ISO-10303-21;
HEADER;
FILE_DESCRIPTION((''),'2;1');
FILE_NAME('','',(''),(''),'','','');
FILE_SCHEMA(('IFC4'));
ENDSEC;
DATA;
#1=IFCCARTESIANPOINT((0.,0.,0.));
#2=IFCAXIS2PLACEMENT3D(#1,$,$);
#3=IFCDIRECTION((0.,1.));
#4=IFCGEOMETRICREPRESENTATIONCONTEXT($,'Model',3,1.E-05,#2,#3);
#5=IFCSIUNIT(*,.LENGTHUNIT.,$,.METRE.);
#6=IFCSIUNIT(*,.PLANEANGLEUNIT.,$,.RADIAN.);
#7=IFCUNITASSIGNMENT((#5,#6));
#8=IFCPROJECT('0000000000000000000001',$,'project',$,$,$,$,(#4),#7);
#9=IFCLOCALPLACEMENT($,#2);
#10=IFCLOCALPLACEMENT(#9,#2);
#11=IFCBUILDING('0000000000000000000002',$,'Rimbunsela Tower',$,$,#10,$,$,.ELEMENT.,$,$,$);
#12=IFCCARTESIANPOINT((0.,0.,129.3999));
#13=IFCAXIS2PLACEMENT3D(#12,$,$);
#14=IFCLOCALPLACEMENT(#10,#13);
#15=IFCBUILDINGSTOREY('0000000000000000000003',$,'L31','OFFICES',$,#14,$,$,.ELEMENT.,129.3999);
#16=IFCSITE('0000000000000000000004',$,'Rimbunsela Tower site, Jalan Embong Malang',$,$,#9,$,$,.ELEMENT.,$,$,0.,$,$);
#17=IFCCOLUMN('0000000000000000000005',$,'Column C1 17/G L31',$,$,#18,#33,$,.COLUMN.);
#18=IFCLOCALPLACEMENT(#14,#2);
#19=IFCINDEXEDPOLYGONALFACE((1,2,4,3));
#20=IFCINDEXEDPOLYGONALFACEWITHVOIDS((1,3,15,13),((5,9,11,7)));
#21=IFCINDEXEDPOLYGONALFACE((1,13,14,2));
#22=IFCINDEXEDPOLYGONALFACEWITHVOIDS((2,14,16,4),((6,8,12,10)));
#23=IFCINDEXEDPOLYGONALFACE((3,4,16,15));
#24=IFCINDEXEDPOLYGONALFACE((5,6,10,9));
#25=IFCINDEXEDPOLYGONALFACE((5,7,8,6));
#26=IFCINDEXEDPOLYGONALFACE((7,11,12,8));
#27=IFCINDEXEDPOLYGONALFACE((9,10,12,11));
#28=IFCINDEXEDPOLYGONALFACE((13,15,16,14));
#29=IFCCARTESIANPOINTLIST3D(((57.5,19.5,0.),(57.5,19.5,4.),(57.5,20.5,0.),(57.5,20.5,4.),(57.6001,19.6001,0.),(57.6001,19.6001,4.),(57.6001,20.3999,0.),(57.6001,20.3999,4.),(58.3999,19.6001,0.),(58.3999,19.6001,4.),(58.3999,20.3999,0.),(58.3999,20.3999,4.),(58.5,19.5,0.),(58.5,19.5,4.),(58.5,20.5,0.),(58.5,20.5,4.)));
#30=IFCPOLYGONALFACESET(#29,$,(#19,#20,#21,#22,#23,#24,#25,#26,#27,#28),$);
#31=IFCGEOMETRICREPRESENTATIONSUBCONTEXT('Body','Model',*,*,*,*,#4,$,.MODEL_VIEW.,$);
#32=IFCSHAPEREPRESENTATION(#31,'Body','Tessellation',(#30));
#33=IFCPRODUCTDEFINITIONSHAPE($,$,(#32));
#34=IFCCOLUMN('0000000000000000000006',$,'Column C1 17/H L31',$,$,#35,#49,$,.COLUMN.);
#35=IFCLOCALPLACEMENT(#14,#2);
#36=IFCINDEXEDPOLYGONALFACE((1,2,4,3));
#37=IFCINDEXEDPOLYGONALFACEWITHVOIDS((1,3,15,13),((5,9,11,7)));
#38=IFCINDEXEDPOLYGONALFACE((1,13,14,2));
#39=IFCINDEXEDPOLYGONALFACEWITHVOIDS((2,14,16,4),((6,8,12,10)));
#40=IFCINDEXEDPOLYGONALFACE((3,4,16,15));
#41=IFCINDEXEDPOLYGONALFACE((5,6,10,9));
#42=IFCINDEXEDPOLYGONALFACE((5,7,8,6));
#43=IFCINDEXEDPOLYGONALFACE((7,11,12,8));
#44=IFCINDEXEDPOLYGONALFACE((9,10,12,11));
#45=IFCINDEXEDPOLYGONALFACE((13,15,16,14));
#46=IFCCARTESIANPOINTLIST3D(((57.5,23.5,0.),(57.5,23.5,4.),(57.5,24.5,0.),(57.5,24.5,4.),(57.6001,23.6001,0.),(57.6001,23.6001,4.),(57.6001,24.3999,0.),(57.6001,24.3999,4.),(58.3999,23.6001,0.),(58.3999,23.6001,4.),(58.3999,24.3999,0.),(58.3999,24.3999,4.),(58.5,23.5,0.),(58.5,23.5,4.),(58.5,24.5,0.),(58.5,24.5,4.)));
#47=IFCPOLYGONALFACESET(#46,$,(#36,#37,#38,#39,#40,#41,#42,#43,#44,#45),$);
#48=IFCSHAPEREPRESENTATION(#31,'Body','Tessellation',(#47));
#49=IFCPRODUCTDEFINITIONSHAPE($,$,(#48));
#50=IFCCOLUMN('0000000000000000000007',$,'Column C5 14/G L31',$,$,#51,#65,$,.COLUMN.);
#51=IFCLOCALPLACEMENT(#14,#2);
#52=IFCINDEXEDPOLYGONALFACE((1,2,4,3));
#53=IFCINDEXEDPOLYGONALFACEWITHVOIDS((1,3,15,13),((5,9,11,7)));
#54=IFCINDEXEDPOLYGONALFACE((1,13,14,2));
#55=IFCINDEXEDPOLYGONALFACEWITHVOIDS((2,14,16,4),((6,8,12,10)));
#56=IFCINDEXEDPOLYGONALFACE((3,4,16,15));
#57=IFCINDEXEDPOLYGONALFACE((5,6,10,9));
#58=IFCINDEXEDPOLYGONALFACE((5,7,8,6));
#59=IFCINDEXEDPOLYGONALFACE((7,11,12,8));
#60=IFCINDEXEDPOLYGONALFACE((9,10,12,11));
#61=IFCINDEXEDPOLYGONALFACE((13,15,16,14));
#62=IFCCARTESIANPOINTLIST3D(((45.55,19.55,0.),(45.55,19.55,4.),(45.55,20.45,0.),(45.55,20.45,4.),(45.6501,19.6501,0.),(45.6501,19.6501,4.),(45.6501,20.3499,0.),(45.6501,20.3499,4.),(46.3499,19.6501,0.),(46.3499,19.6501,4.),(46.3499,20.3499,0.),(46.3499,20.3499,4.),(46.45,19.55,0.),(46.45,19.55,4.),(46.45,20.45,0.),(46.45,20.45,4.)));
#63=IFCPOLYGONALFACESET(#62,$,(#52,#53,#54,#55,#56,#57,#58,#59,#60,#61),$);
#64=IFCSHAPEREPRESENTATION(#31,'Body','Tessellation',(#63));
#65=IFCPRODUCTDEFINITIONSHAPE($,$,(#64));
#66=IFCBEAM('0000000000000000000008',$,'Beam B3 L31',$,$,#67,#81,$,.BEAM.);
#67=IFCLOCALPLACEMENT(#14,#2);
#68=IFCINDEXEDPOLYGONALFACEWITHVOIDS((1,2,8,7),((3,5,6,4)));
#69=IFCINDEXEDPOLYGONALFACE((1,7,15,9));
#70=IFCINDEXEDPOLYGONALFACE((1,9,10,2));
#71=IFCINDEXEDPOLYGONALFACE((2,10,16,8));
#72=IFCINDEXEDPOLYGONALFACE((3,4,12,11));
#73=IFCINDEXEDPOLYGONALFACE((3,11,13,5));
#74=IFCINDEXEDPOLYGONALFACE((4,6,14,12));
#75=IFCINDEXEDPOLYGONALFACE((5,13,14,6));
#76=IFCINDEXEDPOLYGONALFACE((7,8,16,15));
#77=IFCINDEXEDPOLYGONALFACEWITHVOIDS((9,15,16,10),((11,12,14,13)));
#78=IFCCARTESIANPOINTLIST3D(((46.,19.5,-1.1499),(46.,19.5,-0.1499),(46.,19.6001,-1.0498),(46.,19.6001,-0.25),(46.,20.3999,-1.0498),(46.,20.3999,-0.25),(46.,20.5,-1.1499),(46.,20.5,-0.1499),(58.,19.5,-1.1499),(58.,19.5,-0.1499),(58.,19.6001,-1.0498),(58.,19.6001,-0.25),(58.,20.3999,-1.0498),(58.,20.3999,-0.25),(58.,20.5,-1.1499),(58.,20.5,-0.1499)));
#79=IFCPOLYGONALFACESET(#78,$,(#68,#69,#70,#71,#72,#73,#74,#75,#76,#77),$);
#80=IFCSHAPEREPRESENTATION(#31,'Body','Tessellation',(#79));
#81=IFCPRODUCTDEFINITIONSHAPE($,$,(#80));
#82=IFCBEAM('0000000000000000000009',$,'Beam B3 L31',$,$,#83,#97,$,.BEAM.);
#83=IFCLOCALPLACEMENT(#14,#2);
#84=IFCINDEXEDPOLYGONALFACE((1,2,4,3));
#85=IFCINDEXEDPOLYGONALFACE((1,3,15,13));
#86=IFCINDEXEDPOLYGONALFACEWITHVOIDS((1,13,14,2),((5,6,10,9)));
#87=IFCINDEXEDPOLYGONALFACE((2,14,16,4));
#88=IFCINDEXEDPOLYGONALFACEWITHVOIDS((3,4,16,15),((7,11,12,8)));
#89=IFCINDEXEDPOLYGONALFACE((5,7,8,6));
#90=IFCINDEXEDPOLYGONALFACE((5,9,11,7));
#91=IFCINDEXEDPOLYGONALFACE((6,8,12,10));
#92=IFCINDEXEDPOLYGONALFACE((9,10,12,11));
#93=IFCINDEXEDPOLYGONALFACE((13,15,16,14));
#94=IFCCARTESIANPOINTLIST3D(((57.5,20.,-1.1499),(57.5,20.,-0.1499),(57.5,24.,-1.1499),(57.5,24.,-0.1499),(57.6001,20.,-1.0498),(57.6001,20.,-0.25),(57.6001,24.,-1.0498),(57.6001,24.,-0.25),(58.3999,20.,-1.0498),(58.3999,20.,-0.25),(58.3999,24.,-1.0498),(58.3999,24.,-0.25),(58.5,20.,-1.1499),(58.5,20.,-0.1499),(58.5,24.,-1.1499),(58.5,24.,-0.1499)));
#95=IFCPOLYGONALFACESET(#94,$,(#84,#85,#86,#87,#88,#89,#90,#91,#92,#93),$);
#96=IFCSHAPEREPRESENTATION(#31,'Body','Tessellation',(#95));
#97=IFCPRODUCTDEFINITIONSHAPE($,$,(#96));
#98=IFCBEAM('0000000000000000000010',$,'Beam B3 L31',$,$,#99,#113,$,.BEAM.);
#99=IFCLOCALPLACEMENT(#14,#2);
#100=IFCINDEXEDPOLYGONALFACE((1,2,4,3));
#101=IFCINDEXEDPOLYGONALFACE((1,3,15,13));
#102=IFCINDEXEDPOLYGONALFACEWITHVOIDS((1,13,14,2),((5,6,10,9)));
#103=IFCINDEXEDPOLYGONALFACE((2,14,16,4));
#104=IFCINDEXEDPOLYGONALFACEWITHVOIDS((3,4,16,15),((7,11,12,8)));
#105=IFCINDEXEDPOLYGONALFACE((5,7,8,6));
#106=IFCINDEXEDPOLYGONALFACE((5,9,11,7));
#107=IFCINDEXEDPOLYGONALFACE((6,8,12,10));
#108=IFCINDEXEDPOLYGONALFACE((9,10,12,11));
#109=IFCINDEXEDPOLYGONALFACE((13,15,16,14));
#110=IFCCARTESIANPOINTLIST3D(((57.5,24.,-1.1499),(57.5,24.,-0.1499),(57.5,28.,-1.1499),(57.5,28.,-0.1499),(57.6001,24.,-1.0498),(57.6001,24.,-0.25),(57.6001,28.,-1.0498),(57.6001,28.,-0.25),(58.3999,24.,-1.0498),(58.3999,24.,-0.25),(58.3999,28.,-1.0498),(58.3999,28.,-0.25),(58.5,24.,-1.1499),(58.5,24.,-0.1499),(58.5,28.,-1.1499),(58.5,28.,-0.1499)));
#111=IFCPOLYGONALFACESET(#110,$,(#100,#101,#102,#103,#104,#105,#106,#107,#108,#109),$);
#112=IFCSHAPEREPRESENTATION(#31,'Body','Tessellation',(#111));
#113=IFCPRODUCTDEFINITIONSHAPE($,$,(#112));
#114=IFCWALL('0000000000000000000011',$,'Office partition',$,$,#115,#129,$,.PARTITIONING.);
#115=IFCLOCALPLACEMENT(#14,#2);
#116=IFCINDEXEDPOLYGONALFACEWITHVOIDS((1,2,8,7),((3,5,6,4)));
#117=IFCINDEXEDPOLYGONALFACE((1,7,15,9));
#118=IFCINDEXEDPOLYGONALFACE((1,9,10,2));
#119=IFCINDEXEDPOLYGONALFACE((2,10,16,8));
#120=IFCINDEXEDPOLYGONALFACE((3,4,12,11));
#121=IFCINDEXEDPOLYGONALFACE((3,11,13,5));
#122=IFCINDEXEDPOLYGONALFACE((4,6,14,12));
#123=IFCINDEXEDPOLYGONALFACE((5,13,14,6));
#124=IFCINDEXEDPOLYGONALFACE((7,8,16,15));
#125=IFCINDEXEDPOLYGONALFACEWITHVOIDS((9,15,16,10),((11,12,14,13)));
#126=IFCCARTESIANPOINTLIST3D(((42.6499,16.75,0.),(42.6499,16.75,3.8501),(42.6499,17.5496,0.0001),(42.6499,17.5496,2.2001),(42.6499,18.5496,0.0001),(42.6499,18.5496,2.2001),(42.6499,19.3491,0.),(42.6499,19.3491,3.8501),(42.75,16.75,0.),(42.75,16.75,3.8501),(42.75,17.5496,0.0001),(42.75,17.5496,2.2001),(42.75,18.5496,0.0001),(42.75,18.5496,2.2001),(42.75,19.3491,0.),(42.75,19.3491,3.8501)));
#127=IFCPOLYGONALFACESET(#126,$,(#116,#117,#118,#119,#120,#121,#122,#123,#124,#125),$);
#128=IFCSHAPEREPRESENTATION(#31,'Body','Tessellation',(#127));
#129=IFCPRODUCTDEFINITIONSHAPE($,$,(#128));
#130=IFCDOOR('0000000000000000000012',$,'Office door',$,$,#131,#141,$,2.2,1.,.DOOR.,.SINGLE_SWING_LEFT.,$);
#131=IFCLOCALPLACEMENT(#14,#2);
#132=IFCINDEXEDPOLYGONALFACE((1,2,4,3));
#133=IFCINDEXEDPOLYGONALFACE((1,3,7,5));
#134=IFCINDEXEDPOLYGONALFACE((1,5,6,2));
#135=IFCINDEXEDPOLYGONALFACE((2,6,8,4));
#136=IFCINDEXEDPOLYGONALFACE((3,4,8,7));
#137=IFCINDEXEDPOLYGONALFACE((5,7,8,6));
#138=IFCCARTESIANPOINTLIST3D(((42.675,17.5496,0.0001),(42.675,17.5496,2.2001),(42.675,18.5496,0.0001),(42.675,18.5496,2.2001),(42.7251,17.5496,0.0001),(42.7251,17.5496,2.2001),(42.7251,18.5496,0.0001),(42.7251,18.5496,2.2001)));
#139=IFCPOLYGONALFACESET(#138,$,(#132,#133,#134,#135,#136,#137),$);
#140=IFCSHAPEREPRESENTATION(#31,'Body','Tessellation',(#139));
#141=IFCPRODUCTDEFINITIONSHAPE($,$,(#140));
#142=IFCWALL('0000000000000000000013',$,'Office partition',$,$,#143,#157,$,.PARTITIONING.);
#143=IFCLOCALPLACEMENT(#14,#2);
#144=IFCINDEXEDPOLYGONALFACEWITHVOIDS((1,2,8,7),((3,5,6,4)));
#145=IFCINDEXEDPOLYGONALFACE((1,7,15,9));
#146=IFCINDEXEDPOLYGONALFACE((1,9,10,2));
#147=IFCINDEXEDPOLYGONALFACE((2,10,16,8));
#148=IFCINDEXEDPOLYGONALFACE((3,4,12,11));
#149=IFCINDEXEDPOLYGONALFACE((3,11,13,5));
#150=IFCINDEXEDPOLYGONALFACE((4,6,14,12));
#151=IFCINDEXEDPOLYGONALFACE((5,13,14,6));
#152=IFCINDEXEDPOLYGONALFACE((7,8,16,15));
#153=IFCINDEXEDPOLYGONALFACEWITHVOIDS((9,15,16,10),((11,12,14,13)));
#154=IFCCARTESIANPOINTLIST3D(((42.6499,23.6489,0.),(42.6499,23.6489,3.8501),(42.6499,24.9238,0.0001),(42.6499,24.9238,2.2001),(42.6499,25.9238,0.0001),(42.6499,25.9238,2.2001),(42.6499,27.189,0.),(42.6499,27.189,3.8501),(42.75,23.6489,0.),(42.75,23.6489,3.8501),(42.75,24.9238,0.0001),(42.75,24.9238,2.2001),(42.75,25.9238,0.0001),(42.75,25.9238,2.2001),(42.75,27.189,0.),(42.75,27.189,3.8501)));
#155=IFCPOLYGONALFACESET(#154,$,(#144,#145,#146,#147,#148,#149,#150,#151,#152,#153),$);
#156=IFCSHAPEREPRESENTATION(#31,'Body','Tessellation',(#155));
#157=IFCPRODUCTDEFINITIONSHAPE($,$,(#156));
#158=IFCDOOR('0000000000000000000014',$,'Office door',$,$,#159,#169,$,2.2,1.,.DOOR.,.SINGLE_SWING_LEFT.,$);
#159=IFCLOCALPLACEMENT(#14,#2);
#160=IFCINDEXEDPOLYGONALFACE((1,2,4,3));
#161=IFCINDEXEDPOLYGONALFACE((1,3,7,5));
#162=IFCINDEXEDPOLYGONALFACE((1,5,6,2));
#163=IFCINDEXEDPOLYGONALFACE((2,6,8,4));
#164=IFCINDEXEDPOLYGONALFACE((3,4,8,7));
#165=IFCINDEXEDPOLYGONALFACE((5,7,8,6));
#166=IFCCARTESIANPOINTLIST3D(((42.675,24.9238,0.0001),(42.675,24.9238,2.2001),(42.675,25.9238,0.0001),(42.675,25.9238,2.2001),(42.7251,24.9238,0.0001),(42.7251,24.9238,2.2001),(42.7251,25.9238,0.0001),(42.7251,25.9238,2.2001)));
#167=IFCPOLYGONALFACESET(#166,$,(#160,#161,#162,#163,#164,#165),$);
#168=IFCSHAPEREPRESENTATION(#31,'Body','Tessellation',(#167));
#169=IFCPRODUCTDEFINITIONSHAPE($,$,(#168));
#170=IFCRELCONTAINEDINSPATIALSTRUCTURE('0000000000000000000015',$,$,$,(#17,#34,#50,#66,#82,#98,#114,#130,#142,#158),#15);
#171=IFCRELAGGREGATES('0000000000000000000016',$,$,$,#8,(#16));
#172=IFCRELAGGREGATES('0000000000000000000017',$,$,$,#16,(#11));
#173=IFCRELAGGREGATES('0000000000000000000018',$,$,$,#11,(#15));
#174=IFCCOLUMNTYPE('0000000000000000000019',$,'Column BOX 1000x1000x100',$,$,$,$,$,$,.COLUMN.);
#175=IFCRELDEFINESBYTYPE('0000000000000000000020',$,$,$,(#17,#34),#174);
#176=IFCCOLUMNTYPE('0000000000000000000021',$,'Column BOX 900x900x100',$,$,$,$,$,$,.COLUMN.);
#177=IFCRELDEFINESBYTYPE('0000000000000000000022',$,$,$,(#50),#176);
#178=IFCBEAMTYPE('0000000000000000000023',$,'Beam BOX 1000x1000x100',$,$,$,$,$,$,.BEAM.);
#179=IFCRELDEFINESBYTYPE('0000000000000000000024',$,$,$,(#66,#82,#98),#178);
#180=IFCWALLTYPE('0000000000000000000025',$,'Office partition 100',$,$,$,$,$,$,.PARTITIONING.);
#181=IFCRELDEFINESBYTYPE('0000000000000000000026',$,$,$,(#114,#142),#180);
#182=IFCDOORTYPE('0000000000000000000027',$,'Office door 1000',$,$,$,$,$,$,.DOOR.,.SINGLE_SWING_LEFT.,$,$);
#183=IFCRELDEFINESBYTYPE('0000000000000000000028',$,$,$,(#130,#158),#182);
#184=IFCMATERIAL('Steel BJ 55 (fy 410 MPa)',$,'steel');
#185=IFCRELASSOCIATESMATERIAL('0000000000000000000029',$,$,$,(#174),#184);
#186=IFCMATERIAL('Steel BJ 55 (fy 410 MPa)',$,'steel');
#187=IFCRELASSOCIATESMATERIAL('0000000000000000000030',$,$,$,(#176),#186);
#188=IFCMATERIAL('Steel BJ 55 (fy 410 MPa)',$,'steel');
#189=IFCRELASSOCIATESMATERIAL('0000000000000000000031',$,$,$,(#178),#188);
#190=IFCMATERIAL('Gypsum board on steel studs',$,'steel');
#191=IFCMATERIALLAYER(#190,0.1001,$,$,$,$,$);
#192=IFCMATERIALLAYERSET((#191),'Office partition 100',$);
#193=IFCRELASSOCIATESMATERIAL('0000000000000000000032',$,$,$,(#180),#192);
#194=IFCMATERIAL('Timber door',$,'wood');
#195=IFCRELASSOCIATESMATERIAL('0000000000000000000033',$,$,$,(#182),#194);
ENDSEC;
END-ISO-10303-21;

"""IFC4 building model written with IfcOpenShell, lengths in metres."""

from ifc_helpers import new_model, si_unit, direction, frame, frame_2d, origin, origin_2d, place, context, subcontext, project, spatial, rectangle, hollow_rectangle, extrude, material, layer, layer_set, material_profile, profile_set, type_object, element, fill, save


model = new_model("IFC4")

# Units and contexts
model_context = context("Model", 3, precision=1e-05, world=origin(), true_north=direction((0.0, 1.0)))
body_context = subcontext(model_context, "Body", "Model", "MODEL_VIEW")
ifc_project = project(units=[si_unit("LENGTHUNIT", "METRE"), si_unit("PLANEANGLEUNIT", "RADIAN")], contexts=[model_context])

# Site, building, storey
site_placement = place(None, origin())
site = spatial("IfcSite", under=ifc_project, at=site_placement, Name="Rimbunsela Tower site, Jalan Embong Malang", CompositionType="ELEMENT", RefElevation=0.0)
building_placement = place(site_placement, origin())
building = spatial("IfcBuilding", under=site, at=building_placement, Name="Rimbunsela Tower", CompositionType="ELEMENT")
storey_placement = place(building_placement, frame((0.0, 0.0, 129.3999)))
storey = spatial("IfcBuildingStorey", under=building, at=storey_placement, Name="L31", Description="OFFICES", CompositionType="ELEMENT", Elevation=129.3999)

# Columns
ifc_material_1 = material(Name="Steel BJ 55 (fy 410 MPa)", Category="steel")
ifc_material_profile_1 = material_profile(ifc_material_1, hollow_rectangle(XDim=1.0, YDim=1.0, WallThickness=0.1001, at=origin_2d()), Name="BOX 1000x1000x100")
ifc_profile_set_1 = profile_set([ifc_material_profile_1], Name="Steel BJ 55 (fy 410 MPa)")
column_type_1 = type_object("IfcColumnType", Name="Column BOX 1000x1000x100", PredefinedType="COLUMN", material=ifc_profile_set_1)
for number, where, z_axis, x_axis, name in (
    (1, (58.0, 20.0, 0.0), (0.0, 0.0, 1.0), (1.0, 0.0, 0.0), "Column C1 17/G L31"),
    (2, (58.0, 24.0, 0.0), (0.0, 0.0, 1.0), (1.0, 0.0, 0.0), "Column C1 17/H L31"),
):
    element("IfcColumn", number, at=place(storey_placement, frame(where, z_axis=z_axis, x_axis=x_axis)), inside=storey, type_object=column_type_1, Name=name, PredefinedType="COLUMN", context=body_context, shape_type="SweptSolid", body=[
        extrude(hollow_rectangle(XDim=1.0, YDim=1.0, WallThickness=0.1001, at=origin_2d()), origin(), (0.0, 0.0, 1.0), 4.0),
    ])
ifc_material_2 = material(Name="Steel BJ 55 (fy 410 MPa)", Category="steel")
ifc_material_profile_2 = material_profile(ifc_material_2, hollow_rectangle(XDim=0.8999, YDim=0.8999, WallThickness=0.1001, at=origin_2d()), Name="BOX 900x900x100")
ifc_profile_set_2 = profile_set([ifc_material_profile_2], Name="Steel BJ 55 (fy 410 MPa)")
column_type_2 = type_object("IfcColumnType", Name="Column BOX 900x900x100", PredefinedType="COLUMN", material=ifc_profile_set_2)
column_placement = place(storey_placement, frame((46.0, 20.0, 0.0), z_axis=(0.0, 0.0, 1.0), x_axis=(1.0, 0.0, 0.0)))
element("IfcColumn", 3, at=column_placement, inside=storey, type_object=column_type_2, Name="Column C5 14/G L31", PredefinedType="COLUMN", context=body_context, shape_type="SweptSolid", body=[
    extrude(hollow_rectangle(XDim=0.8999, YDim=0.8999, WallThickness=0.1001, at=origin_2d()), origin(), (0.0, 0.0, 1.0), 4.0),
])

# Beams
ifc_material_3 = material(Name="Steel BJ 55 (fy 410 MPa)", Category="steel")
ifc_material_profile_3 = material_profile(ifc_material_3, hollow_rectangle(XDim=1.0, YDim=1.0, WallThickness=0.1001, at=origin_2d()), Name="BOX 1000x1000x100")
ifc_profile_set_3 = profile_set([ifc_material_profile_3], Name="Steel BJ 55 (fy 410 MPa)")
beam_type = type_object("IfcBeamType", Name="Beam BOX 1000x1000x100", PredefinedType="BEAM", material=ifc_profile_set_3)
beam_placement = place(storey_placement, frame((46.0, 20.0, -0.6499), z_axis=(1.0, 0.0, 0.0), x_axis=(0.0, 1.0, 0.0)))
element("IfcBeam", 4, at=beam_placement, inside=storey, type_object=beam_type, Name="Beam B3 L31", PredefinedType="BEAM", context=body_context, shape_type="SweptSolid", body=[
    extrude(hollow_rectangle(XDim=1.0, YDim=1.0, WallThickness=0.1001, at=origin_2d()), origin(), (0.0, 0.0, 1.0), 12.0),
])
for number, where, z_axis, x_axis, name in (
    (5, (58.0, 20.0, -0.6499), (0.0, 1.0, 0.0), (-1.0, 0.0, 0.0), "Beam B3 L31"),
    (6, (58.0, 24.0, -0.6499), (0.0, 1.0, 0.0), (-1.0, 0.0, 0.0), "Beam B3 L31"),
):
    element("IfcBeam", number, at=place(storey_placement, frame(where, z_axis=z_axis, x_axis=x_axis)), inside=storey, type_object=beam_type, Name=name, PredefinedType="BEAM", context=body_context, shape_type="SweptSolid", body=[
        extrude(hollow_rectangle(XDim=1.0, YDim=1.0, WallThickness=0.1001, at=origin_2d()), origin(), (0.0, 0.0, 1.0), 4.0),
    ])

# Walls, openings, doors
ifc_material_4 = material(Name="Gypsum board on steel studs", Category="steel")
ifc_layer_1 = layer(ifc_material_4, 0.1001)
ifc_layer_set_1 = layer_set([ifc_layer_1], Name="Office partition 100")
wall_type_1 = type_object("IfcWallType", Name="Office partition 100", PredefinedType="PARTITIONING", material=ifc_layer_set_1)
wall_1_placement = place(storey_placement, frame((42.7, 16.75, 0.0), z_axis=(0.0, 0.0, 1.0), x_axis=(0.0, 1.0, 0.0)))
wall_1 = element("IfcWall", 7, at=wall_1_placement, inside=storey, type_object=wall_type_1, Name="Office partition", PredefinedType="PARTITIONING", context=body_context, shape_type="SweptSolid", body=[
    extrude(rectangle(XDim=2.5991, YDim=0.1001, at=frame_2d((1.2996, 0.0))), origin(), (0.0, 0.0, 1.0), 3.8501),
])
opening_1_placement = place(wall_1_placement, frame((0.7996, 0.0, 0.0)))
opening_1 = element("IfcOpeningElement", 8, at=opening_1_placement, cuts=wall_1, PredefinedType="OPENING", context=body_context, shape_type="SweptSolid", body=[
    extrude(rectangle(XDim=1.0, YDim=2.2, at=frame_2d((0.5, 1.1001))), frame((0.0, 0.0601, 0.0), z_axis=(0.0, -1.0, 0.0), x_axis=(1.0, 0.0, 0.0)), (0.0, 0.0, 1.0), 0.1201),
])
ifc_material_5 = material(Name="Timber door", Category="wood")
door_type = type_object("IfcDoorType", Name="Office door 1000", OperationType="SINGLE_SWING_LEFT", PredefinedType="DOOR", material=ifc_material_5)
door_1_placement = place(opening_1_placement, origin())
door_1 = element("IfcDoor", 9, at=door_1_placement, inside=storey, type_object=door_type, Name="Office door", OperationType="SINGLE_SWING_LEFT", OverallHeight=2.2, OverallWidth=1.0, PredefinedType="DOOR", context=body_context, shape_type="SweptSolid", body=[
    extrude(rectangle(XDim=1.0, YDim=2.2, at=frame_2d((0.5, 1.1001))), frame((0.0, 0.0249, 0.0), z_axis=(0.0, -1.0, 0.0), x_axis=(1.0, 0.0, 0.0)), (0.0, 0.0, 1.0), 0.05),
])
fill(opening_1, door_1)
wall_2_placement = place(storey_placement, frame((42.7, 23.6489, 0.0), z_axis=(0.0, 0.0, 1.0), x_axis=(0.0, 1.0, 0.0)))
wall_2 = element("IfcWall", 10, at=wall_2_placement, inside=storey, type_object=wall_type_1, Name="Office partition", PredefinedType="PARTITIONING", context=body_context, shape_type="SweptSolid", body=[
    extrude(rectangle(XDim=3.54, YDim=0.1001, at=frame_2d((1.77, 0.0))), origin(), (0.0, 0.0, 1.0), 3.8501),
])
opening_2_placement = place(wall_2_placement, frame((1.2749, 0.0, 0.0)))
opening_2 = element("IfcOpeningElement", 11, at=opening_2_placement, cuts=wall_2, PredefinedType="OPENING", context=body_context, shape_type="SweptSolid", body=[
    extrude(rectangle(XDim=1.0, YDim=2.2, at=frame_2d((0.5, 1.1001))), frame((0.0, 0.0601, 0.0), z_axis=(0.0, -1.0, 0.0), x_axis=(1.0, 0.0, 0.0)), (0.0, 0.0, 1.0), 0.1201),
])
door_2_placement = place(opening_2_placement, origin())
door_2 = element("IfcDoor", 12, at=door_2_placement, inside=storey, type_object=door_type, Name="Office door", OperationType="SINGLE_SWING_LEFT", OverallHeight=2.2, OverallWidth=1.0, PredefinedType="DOOR", context=body_context, shape_type="SweptSolid", body=[
    extrude(rectangle(XDim=1.0, YDim=2.2, at=frame_2d((0.5, 1.1001))), frame((0.0, 0.0249, 0.0), z_axis=(0.0, -1.0, 0.0), x_axis=(1.0, 0.0, 0.0)), (0.0, 0.0, 1.0), 0.05),
])
fill(opening_2, door_2)

save(model, "model.ifc")
